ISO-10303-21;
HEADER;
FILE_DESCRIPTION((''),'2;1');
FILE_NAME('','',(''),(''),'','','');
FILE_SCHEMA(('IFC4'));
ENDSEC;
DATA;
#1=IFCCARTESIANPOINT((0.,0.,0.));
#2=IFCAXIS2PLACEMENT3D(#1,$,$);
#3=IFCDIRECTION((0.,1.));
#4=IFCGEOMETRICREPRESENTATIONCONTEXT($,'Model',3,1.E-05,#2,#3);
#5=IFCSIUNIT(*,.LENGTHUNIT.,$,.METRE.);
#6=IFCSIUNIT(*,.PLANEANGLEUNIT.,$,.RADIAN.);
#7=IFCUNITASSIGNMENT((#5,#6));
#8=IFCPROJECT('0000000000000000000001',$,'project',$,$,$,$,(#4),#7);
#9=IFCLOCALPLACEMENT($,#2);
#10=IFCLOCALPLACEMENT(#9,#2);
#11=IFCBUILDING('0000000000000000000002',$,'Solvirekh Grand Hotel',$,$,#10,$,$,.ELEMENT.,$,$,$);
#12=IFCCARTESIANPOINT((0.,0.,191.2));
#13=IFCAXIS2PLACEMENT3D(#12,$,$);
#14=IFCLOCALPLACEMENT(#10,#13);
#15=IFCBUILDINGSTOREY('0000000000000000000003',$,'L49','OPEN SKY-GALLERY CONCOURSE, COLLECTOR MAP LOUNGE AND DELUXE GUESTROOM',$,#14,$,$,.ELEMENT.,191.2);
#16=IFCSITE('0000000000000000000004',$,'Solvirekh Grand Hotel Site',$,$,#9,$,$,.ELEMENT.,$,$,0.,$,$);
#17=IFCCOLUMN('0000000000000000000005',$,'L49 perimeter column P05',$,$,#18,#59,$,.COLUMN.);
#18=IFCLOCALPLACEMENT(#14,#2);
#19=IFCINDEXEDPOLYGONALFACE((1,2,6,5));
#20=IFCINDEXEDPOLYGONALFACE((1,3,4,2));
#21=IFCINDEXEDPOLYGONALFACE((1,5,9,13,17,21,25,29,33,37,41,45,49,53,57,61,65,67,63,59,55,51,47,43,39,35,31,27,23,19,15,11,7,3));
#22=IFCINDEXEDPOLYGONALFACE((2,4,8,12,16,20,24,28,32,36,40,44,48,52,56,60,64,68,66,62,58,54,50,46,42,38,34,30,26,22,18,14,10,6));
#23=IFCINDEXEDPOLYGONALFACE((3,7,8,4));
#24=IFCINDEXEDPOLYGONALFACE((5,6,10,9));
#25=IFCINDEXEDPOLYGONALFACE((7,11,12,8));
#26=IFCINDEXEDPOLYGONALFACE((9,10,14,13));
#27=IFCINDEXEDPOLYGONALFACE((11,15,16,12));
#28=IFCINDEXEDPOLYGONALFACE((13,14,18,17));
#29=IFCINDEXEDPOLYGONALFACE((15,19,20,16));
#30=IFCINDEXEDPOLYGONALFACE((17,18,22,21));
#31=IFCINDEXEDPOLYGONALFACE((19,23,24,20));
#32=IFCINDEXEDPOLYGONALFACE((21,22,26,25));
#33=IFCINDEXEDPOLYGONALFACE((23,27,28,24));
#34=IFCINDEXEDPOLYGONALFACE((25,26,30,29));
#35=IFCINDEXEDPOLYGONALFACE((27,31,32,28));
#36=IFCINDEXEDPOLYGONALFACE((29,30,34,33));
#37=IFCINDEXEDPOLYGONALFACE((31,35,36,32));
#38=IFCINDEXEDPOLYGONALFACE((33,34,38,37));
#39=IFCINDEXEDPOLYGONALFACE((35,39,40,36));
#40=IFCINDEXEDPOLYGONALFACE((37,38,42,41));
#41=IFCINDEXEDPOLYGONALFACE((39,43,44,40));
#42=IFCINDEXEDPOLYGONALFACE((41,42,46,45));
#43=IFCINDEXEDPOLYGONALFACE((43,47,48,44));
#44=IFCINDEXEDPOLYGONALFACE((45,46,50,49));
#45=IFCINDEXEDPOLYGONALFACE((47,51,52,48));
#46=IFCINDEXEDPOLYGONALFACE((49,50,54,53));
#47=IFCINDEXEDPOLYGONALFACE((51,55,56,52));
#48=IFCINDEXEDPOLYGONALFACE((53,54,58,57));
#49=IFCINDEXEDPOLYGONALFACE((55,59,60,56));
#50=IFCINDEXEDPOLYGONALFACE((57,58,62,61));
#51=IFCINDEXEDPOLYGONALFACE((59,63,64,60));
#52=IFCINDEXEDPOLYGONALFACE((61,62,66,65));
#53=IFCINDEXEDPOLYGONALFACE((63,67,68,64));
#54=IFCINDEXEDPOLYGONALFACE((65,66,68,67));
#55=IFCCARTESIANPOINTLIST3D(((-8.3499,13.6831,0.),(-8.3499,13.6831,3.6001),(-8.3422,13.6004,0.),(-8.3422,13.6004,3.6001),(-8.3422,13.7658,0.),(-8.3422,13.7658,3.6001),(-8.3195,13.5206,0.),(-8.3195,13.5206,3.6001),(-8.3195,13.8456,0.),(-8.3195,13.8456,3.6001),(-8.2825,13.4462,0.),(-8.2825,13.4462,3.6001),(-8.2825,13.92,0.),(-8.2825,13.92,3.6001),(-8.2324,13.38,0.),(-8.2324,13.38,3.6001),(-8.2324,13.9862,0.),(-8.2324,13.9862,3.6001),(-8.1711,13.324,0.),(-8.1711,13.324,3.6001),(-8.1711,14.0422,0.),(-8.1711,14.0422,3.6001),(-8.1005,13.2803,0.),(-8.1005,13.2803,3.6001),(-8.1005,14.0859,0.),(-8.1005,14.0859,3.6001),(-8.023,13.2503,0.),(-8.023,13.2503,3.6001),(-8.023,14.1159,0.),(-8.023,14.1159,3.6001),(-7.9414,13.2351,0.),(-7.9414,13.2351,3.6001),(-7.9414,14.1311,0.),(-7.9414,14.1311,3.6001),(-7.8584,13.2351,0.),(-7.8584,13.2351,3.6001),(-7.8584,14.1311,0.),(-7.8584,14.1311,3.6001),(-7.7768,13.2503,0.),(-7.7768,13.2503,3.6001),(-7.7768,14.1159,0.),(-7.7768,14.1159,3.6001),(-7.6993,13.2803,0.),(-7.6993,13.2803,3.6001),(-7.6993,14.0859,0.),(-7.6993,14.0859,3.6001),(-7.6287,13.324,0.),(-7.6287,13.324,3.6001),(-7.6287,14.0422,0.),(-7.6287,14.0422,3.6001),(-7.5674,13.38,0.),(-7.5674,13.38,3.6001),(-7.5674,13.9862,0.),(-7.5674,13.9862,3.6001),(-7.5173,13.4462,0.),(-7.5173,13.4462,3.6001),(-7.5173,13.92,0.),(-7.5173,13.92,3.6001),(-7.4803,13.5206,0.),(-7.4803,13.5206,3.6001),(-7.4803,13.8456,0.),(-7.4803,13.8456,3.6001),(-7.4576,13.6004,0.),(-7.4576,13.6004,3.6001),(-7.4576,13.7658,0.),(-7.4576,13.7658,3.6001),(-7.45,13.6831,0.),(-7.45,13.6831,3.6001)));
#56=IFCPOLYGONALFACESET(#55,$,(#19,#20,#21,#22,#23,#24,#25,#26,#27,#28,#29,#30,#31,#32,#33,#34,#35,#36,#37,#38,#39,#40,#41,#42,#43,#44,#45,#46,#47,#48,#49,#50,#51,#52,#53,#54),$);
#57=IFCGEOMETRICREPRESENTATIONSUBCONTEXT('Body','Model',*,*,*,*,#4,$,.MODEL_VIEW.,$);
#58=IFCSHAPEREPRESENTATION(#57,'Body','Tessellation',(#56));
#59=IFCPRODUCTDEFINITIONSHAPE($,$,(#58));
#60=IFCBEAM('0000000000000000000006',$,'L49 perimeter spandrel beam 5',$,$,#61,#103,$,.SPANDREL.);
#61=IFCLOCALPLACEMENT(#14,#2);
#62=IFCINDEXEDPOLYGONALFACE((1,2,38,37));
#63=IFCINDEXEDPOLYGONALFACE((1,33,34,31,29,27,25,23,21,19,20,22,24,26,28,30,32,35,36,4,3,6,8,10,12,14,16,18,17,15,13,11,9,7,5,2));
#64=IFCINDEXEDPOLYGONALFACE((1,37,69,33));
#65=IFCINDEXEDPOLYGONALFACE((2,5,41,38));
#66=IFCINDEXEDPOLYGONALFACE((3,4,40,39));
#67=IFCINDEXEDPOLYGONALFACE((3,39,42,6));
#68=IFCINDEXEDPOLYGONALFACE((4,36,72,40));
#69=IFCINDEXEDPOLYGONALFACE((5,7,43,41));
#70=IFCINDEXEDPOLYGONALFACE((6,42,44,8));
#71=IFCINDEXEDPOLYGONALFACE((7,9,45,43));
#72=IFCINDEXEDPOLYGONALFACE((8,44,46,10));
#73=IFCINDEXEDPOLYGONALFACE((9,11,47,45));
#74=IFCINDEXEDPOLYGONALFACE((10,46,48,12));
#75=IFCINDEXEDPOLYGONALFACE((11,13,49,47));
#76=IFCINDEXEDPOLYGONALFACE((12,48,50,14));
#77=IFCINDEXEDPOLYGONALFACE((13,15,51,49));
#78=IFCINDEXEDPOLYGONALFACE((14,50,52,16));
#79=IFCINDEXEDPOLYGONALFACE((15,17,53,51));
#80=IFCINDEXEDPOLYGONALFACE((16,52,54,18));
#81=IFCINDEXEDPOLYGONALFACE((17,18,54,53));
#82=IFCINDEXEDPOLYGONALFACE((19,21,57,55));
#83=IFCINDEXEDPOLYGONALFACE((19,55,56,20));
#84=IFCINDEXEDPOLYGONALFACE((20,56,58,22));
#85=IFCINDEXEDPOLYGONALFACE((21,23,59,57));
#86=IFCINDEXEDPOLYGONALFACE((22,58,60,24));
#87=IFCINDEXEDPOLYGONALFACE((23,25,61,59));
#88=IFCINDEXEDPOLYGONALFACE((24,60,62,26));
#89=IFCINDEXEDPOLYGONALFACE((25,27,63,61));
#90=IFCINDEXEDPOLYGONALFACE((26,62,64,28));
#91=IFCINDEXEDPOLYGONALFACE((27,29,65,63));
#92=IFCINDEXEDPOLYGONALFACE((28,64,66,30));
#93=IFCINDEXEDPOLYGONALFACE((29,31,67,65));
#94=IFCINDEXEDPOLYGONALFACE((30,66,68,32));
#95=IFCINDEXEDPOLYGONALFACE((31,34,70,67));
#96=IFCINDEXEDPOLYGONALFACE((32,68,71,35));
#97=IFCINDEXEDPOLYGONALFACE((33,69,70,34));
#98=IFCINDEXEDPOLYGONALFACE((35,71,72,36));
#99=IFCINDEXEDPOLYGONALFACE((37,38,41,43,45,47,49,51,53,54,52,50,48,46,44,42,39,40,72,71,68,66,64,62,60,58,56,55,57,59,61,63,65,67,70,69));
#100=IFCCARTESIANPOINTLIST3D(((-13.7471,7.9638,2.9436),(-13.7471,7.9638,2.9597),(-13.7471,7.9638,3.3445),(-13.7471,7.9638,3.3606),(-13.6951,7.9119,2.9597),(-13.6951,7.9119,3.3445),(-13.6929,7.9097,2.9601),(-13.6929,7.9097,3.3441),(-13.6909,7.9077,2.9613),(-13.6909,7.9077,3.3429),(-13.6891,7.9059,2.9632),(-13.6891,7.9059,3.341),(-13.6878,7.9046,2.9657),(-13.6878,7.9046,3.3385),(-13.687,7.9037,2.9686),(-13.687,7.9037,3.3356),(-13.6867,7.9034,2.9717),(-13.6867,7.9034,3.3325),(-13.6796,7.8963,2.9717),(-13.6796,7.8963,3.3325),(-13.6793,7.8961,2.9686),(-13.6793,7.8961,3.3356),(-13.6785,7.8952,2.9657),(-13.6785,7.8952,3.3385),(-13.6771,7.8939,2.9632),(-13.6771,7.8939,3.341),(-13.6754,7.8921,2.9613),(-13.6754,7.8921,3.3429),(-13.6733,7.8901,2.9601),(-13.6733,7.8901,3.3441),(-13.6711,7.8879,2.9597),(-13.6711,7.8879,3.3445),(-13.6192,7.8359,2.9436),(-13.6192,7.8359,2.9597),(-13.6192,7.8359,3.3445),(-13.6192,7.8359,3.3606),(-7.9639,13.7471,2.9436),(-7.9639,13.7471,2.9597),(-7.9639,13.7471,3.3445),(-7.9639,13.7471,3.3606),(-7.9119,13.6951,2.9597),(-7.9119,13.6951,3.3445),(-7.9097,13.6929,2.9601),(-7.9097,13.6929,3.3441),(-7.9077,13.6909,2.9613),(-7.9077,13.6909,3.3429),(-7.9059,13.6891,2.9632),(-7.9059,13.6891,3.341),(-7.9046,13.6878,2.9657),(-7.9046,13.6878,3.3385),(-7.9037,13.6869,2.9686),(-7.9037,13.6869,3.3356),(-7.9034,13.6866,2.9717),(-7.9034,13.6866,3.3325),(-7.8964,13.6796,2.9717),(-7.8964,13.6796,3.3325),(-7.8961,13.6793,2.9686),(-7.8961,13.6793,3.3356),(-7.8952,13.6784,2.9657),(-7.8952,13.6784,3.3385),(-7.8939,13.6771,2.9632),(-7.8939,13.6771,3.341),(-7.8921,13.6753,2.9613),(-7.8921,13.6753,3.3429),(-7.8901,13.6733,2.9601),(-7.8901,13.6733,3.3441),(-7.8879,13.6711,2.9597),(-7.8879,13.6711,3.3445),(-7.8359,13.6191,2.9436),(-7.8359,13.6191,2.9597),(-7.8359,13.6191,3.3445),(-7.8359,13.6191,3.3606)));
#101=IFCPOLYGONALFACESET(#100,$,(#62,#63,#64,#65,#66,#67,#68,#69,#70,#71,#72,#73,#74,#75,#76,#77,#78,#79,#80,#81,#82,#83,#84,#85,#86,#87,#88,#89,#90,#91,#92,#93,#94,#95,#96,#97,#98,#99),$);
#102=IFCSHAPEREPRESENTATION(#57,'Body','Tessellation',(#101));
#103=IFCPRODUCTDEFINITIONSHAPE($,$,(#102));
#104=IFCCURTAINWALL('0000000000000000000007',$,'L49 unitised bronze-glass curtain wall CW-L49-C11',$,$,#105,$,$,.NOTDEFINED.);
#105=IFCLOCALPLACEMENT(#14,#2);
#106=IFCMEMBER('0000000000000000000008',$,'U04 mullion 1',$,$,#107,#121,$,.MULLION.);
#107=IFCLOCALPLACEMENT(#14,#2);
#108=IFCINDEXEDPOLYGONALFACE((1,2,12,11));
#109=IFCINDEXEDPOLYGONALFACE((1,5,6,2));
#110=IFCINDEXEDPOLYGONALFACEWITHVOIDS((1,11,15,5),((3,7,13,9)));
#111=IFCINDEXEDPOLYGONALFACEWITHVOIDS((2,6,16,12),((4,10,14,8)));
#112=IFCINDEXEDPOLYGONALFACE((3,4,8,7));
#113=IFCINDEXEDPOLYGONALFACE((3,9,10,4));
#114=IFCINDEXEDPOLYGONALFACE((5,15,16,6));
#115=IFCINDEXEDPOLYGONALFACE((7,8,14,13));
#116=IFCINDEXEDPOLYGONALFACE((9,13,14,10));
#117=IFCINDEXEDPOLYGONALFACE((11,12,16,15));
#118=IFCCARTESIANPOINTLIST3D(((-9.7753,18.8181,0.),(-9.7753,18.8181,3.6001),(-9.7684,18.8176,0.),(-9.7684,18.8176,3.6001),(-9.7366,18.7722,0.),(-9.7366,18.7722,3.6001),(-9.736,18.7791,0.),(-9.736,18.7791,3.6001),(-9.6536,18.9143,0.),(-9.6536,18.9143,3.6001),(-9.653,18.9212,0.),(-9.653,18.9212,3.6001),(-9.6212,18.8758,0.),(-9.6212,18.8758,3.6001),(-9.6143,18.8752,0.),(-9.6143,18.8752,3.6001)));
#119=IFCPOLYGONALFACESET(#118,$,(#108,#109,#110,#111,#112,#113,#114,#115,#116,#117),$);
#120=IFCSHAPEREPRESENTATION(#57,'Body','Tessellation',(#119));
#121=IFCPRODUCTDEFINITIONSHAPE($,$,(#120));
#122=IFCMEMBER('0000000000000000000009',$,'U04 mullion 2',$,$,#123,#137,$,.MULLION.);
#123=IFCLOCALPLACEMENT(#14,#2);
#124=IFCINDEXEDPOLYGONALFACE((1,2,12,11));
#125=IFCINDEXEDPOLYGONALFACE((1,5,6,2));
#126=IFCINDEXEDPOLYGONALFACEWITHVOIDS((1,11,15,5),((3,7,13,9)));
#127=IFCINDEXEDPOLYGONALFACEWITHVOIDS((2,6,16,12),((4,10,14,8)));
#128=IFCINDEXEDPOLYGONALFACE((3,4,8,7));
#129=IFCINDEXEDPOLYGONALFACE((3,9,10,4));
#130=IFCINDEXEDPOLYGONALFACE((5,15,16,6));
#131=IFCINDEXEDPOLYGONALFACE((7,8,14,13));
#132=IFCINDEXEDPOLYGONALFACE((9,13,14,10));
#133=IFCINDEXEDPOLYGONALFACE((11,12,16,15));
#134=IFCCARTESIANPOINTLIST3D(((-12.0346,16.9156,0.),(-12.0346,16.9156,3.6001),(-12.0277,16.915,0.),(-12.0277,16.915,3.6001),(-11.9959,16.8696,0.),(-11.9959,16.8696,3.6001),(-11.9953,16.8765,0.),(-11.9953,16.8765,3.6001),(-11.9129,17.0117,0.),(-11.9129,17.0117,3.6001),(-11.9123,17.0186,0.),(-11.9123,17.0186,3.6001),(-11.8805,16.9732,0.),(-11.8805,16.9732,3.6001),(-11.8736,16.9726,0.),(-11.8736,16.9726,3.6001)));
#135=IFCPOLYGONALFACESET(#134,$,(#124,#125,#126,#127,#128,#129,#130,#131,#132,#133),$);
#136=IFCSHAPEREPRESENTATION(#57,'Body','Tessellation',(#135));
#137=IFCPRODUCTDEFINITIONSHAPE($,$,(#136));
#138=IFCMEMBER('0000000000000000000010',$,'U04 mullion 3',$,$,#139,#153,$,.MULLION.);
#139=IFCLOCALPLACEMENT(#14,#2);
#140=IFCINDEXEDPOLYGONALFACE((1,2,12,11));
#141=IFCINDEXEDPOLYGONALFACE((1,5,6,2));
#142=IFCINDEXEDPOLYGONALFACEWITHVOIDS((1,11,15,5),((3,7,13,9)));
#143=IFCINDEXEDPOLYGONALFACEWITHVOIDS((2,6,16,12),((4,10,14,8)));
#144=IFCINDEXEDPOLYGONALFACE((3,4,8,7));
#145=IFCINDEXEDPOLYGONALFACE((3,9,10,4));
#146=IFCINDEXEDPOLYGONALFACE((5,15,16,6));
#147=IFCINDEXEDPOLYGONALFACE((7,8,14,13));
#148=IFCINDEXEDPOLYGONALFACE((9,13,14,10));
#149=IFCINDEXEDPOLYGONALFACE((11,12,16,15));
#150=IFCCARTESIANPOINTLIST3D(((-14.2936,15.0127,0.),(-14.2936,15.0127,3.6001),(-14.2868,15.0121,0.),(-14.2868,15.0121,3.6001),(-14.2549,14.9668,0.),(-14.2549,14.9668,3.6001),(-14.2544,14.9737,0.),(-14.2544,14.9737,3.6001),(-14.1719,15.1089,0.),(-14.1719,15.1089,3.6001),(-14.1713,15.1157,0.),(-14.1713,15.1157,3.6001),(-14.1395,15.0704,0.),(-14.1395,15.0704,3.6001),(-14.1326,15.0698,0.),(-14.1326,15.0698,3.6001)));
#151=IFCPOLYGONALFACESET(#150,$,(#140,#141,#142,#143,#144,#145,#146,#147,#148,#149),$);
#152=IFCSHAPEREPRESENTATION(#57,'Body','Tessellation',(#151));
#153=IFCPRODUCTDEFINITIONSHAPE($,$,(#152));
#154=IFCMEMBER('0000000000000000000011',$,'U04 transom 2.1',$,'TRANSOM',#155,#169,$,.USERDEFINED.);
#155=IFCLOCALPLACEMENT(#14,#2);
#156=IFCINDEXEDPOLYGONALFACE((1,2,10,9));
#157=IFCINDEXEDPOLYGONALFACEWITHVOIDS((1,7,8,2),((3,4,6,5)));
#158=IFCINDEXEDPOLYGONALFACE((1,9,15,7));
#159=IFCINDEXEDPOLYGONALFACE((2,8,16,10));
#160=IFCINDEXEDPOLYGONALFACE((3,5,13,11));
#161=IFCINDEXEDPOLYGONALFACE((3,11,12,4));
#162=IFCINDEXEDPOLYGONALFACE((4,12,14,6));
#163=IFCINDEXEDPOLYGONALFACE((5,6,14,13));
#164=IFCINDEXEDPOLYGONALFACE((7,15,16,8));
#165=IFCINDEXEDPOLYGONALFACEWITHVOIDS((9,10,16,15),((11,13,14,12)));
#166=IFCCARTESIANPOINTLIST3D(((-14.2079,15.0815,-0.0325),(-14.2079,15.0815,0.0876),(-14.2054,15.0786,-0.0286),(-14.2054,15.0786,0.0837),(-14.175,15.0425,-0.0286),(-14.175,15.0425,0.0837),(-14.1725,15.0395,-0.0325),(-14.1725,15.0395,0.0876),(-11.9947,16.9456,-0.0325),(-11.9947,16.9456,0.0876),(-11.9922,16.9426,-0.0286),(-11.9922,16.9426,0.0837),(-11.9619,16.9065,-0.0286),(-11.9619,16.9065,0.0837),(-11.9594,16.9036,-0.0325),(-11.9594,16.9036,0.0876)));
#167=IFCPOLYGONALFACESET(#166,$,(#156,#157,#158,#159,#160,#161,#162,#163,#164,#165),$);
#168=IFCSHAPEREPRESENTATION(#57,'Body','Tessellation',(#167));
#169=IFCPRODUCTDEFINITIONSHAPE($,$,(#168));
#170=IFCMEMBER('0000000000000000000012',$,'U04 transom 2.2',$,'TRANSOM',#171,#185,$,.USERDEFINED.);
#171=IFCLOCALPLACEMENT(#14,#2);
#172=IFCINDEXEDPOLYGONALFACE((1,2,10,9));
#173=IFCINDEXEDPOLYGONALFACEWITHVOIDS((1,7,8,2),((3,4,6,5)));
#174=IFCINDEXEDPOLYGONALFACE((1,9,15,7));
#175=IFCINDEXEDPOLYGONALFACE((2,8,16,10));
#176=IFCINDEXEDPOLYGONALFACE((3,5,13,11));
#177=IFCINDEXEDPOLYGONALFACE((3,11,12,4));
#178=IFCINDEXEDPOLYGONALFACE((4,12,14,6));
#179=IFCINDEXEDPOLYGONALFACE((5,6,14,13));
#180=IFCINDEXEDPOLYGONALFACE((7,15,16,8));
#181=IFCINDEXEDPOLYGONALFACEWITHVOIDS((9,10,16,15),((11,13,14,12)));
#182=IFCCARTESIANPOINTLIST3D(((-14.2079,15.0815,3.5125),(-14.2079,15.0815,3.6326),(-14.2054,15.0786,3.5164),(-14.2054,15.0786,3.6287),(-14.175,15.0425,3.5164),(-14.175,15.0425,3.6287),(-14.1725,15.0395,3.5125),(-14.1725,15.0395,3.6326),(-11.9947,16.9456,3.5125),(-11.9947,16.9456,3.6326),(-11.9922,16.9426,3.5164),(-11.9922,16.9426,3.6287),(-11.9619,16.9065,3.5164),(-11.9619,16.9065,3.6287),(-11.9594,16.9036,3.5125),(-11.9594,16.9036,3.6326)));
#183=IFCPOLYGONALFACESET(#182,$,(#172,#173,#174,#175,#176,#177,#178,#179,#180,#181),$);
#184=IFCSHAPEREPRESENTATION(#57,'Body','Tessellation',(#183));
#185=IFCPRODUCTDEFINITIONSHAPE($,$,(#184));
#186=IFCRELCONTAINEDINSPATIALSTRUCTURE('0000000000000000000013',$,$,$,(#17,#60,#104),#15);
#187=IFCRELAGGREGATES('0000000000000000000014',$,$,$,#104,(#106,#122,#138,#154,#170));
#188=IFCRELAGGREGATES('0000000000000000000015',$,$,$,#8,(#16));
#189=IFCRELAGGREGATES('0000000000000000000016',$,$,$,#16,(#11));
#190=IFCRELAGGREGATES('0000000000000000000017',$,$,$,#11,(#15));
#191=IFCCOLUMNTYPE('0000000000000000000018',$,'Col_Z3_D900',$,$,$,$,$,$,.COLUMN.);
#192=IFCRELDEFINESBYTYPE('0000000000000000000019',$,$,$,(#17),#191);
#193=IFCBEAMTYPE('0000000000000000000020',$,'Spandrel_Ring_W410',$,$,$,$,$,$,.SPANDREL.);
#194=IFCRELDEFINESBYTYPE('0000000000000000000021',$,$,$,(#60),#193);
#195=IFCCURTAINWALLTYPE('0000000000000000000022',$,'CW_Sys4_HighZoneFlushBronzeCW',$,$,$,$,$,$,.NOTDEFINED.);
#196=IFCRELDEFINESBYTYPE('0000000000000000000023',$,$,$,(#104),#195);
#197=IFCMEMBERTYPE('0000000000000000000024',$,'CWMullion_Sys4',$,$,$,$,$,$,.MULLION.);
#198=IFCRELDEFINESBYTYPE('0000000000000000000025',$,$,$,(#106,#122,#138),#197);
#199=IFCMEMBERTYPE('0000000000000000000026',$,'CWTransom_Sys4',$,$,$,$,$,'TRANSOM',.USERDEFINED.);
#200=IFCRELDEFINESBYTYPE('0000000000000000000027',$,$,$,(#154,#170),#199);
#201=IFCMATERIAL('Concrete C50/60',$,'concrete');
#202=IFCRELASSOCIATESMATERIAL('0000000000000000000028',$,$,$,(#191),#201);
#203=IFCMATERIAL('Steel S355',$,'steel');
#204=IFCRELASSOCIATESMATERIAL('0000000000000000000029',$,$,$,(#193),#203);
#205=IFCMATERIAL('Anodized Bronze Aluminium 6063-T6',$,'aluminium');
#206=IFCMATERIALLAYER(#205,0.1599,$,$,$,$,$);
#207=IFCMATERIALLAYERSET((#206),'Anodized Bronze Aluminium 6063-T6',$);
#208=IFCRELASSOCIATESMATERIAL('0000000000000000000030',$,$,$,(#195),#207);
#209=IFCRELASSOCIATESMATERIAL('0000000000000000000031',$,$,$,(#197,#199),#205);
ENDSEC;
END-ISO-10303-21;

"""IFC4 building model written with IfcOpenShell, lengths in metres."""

from ifc_helpers import new_model, si_unit, direction, frame, origin, origin_2d, place, context, subcontext, project, spatial, hollow_rectangle, circle, i_section, extrude, source, transform, mapped, material, layer, layer_set, material_profile, profile_set, type_object, element, aggregate, save


model = new_model("IFC4")

# Units and contexts
model_context = context("Model", 3, precision=1e-05, world=origin(), true_north=direction((0.0, 1.0)))
body_context = subcontext(model_context, "Body", "Model", "MODEL_VIEW")
ifc_project = project(units=[si_unit("LENGTHUNIT", "METRE"), si_unit("PLANEANGLEUNIT", "RADIAN")], contexts=[model_context])

# Site, building, storey
site_placement = place(None, origin())
site = spatial("IfcSite", under=ifc_project, at=site_placement, Name="Solvirekh Grand Hotel Site", CompositionType="ELEMENT", RefElevation=0.0)
building_placement = place(site_placement, origin())
building = spatial("IfcBuilding", under=site, at=building_placement, Name="Solvirekh Grand Hotel", CompositionType="ELEMENT")
storey_placement = place(building_placement, frame((0.0, 0.0, 191.2)))
storey = spatial("IfcBuildingStorey", under=building, at=storey_placement, Name="L49", Description="OPEN SKY-GALLERY CONCOURSE, COLLECTOR MAP LOUNGE AND DELUXE GUESTROOM", CompositionType="ELEMENT", Elevation=191.2)

# Column
ifc_material_1 = material(Name="Concrete C50/60", Category="concrete")
ifc_material_profile_1 = material_profile(ifc_material_1, circle(Radius=0.45, at=origin_2d()), Name="RC CIRC D900")
ifc_profile_set_1 = profile_set([ifc_material_profile_1], Name="Concrete C50/60")
column_type = type_object("IfcColumnType", Name="Col_Z3_D900", PredefinedType="COLUMN", material=ifc_profile_set_1)
column_placement = place(storey_placement, frame((-7.8999, 13.6831, 0.0), z_axis=(0.0, 0.0, 1.0), x_axis=(1.0, 0.0, 0.0)))
element("IfcColumn", 1, at=column_placement, inside=storey, type_object=column_type, Name="L49 perimeter column P05", PredefinedType="COLUMN", context=body_context, shape_type="SweptSolid", body=[
    extrude(circle(Radius=0.45, at=origin_2d()), origin(), (0.0, 0.0, 1.0), 3.6001),
])

# Beam
ifc_material_2 = material(Name="Steel S355", Category="steel")
ifc_material_profile_2 = material_profile(ifc_material_2, i_section(OverallWidth=0.1809, OverallDepth=0.417, WebThickness=0.01, FlangeThickness=0.0161, FilletRadius=0.012, at=origin_2d()), Name="W410X85")
ifc_profile_set_2 = profile_set([ifc_material_profile_2], Name="Steel S355")
beam_type = type_object("IfcBeamType", Name="Spandrel_Ring_W410", PredefinedType="SPANDREL", material=ifc_profile_set_2)
beam_placement = place(storey_placement, frame((-7.8999, 13.6831, 3.1521), z_axis=(-0.707107, -0.707107, 0.0), x_axis=(0.707107, -0.707107, 0.0)))
element("IfcBeam", 2, at=beam_placement, inside=storey, type_object=beam_type, Name="L49 perimeter spandrel beam 5", PredefinedType="SPANDREL", context=body_context, shape_type="SweptSolid", body=[
    extrude(i_section(OverallWidth=0.1809, OverallDepth=0.417, WebThickness=0.01, FlangeThickness=0.0161, FilletRadius=0.012, at=origin_2d()), origin(), (0.0, 0.0, 1.0), 8.1787),
])

# Curtain wall, members
ifc_material_3 = material(Name="Anodized Bronze Aluminium 6063-T6", Category="aluminium")
ifc_layer_1 = layer(ifc_material_3, 0.1599)
ifc_layer_set_1 = layer_set([ifc_layer_1], Name="Anodized Bronze Aluminium 6063-T6")
curtain_wall_type = type_object("IfcCurtainWallType", Name="CW_Sys4_HighZoneFlushBronzeCW", PredefinedType="NOTDEFINED", material=ifc_layer_set_1)
curtain_wall_placement = place(storey_placement, origin())
curtain_wall = element("IfcCurtainWall", 3, at=curtain_wall_placement, inside=storey, type_object=curtain_wall_type, Name="L49 unitised bronze-glass curtain wall CW-L49-C11", PredefinedType="NOTDEFINED")
ifc_material_profile_3 = material_profile(ifc_material_3, hollow_rectangle(XDim=0.0601, YDim=0.1599, WallThickness=0.0049, at=origin_2d()), Name="ALU RHS 160X60X5")
ifc_profile_set_3 = profile_set([ifc_material_profile_3], Name="Anodized Bronze Aluminium 6063-T6")
member_type_1 = type_object("IfcMemberType", Name="CWMullion_Sys4", PredefinedType="MULLION", material=ifc_profile_set_3)
shared_shape_1 = source(origin(), body_context, "Body", "SweptSolid", [
    extrude(hollow_rectangle(XDim=0.0601, YDim=0.1599, WallThickness=0.0049, at=origin_2d()), origin(), (0.0, 0.0, 1.0), 3.6001),
])
member_1_placement = place(storey_placement, frame((-9.6948, 18.8467, 0.0), z_axis=(0.0, 0.0, 1.0), x_axis=(0.644198, -0.764859, 0.0)))
member_1 = element("IfcMember", 4, at=member_1_placement, type_object=member_type_1, Name="U04 mullion 1", PredefinedType="MULLION", context=body_context, shape_type="MappedRepresentation", body=[
    mapped(shared_shape_1, transform((0.0, 0.0, 0.0), x_axis=(1.0, 0.0, 0.0), y_axis=(0.0, 1.0, 0.0), z_axis=(0.0, 0.0, 1.0), scale=1.0)),
])
member_2_placement = place(storey_placement, frame((-11.9541, 16.9441, 0.0), z_axis=(0.0, 0.0, 1.0), x_axis=(0.644198, -0.764859, 0.0)))
member_2 = element("IfcMember", 5, at=member_2_placement, type_object=member_type_1, Name="U04 mullion 2", PredefinedType="MULLION", context=body_context, shape_type="MappedRepresentation", body=[
    mapped(shared_shape_1, transform((0.0, 0.0, 0.0), x_axis=(1.0, 0.0, 0.0), y_axis=(0.0, 1.0, 0.0), z_axis=(0.0, 0.0, 1.0), scale=1.0)),
])
member_3_placement = place(storey_placement, frame((-14.2131, 15.0413, 0.0), z_axis=(0.0, 0.0, 1.0), x_axis=(0.644198, -0.764859, 0.0)))
member_3 = element("IfcMember", 6, at=member_3_placement, type_object=member_type_1, Name="U04 mullion 3", PredefinedType="MULLION", context=body_context, shape_type="MappedRepresentation", body=[
    mapped(shared_shape_1, transform((0.0, 0.0, 0.0), x_axis=(1.0, 0.0, 0.0), y_axis=(0.0, 1.0, 0.0), z_axis=(0.0, 0.0, 1.0), scale=1.0)),
])
ifc_material_profile_4 = material_profile(ifc_material_3, hollow_rectangle(XDim=0.0549, YDim=0.1201, WallThickness=0.0039, at=origin_2d()), Name="ALU RHS 120X55X4")
ifc_profile_set_4 = profile_set([ifc_material_profile_4], Name="Anodized Bronze Aluminium 6063-T6")
member_type_2 = type_object("IfcMemberType", Name="CWTransom_Sys4", ElementType="TRANSOM", PredefinedType="USERDEFINED", material=ifc_profile_set_4)
shared_shape_2 = source(origin(), body_context, "Body", "SweptSolid", [
    extrude(hollow_rectangle(XDim=0.0549, YDim=0.1201, WallThickness=0.0039, at=origin_2d()), origin(), (0.0, 0.0, 1.0), 2.8936),
])
member_4_placement = place(storey_placement, frame((-11.9771, 16.9246, 0.0276), z_axis=(-0.764856, -0.644201, 0.0), x_axis=(0.644201, -0.764856, 0.0)))
member_4 = element("IfcMember", 7, at=member_4_placement, type_object=member_type_2, Name="U04 transom 2.1", ObjectType="TRANSOM", PredefinedType="USERDEFINED", context=body_context, shape_type="MappedRepresentation", body=[
    mapped(shared_shape_2, transform((0.0, 0.0, 0.0), x_axis=(1.0, 0.0, 0.0), y_axis=(0.0, 1.0, 0.0), z_axis=(0.0, 0.0, 1.0), scale=1.0)),
])
member_5_placement = place(storey_placement, frame((-11.9771, 16.9246, 3.5725), z_axis=(-0.764856, -0.644201, 0.0), x_axis=(0.644201, -0.764856, 0.0)))
member_5 = element("IfcMember", 8, at=member_5_placement, type_object=member_type_2, Name="U04 transom 2.2", ObjectType="TRANSOM", PredefinedType="USERDEFINED", context=body_context, shape_type="MappedRepresentation", body=[
    mapped(shared_shape_2, transform((0.0, 0.0, 0.0), x_axis=(1.0, 0.0, 0.0), y_axis=(0.0, 1.0, 0.0), z_axis=(0.0, 0.0, 1.0), scale=1.0)),
])
aggregate(curtain_wall, [member_1, member_2, member_3, member_4, member_5])

save(model, "model.ifc")
